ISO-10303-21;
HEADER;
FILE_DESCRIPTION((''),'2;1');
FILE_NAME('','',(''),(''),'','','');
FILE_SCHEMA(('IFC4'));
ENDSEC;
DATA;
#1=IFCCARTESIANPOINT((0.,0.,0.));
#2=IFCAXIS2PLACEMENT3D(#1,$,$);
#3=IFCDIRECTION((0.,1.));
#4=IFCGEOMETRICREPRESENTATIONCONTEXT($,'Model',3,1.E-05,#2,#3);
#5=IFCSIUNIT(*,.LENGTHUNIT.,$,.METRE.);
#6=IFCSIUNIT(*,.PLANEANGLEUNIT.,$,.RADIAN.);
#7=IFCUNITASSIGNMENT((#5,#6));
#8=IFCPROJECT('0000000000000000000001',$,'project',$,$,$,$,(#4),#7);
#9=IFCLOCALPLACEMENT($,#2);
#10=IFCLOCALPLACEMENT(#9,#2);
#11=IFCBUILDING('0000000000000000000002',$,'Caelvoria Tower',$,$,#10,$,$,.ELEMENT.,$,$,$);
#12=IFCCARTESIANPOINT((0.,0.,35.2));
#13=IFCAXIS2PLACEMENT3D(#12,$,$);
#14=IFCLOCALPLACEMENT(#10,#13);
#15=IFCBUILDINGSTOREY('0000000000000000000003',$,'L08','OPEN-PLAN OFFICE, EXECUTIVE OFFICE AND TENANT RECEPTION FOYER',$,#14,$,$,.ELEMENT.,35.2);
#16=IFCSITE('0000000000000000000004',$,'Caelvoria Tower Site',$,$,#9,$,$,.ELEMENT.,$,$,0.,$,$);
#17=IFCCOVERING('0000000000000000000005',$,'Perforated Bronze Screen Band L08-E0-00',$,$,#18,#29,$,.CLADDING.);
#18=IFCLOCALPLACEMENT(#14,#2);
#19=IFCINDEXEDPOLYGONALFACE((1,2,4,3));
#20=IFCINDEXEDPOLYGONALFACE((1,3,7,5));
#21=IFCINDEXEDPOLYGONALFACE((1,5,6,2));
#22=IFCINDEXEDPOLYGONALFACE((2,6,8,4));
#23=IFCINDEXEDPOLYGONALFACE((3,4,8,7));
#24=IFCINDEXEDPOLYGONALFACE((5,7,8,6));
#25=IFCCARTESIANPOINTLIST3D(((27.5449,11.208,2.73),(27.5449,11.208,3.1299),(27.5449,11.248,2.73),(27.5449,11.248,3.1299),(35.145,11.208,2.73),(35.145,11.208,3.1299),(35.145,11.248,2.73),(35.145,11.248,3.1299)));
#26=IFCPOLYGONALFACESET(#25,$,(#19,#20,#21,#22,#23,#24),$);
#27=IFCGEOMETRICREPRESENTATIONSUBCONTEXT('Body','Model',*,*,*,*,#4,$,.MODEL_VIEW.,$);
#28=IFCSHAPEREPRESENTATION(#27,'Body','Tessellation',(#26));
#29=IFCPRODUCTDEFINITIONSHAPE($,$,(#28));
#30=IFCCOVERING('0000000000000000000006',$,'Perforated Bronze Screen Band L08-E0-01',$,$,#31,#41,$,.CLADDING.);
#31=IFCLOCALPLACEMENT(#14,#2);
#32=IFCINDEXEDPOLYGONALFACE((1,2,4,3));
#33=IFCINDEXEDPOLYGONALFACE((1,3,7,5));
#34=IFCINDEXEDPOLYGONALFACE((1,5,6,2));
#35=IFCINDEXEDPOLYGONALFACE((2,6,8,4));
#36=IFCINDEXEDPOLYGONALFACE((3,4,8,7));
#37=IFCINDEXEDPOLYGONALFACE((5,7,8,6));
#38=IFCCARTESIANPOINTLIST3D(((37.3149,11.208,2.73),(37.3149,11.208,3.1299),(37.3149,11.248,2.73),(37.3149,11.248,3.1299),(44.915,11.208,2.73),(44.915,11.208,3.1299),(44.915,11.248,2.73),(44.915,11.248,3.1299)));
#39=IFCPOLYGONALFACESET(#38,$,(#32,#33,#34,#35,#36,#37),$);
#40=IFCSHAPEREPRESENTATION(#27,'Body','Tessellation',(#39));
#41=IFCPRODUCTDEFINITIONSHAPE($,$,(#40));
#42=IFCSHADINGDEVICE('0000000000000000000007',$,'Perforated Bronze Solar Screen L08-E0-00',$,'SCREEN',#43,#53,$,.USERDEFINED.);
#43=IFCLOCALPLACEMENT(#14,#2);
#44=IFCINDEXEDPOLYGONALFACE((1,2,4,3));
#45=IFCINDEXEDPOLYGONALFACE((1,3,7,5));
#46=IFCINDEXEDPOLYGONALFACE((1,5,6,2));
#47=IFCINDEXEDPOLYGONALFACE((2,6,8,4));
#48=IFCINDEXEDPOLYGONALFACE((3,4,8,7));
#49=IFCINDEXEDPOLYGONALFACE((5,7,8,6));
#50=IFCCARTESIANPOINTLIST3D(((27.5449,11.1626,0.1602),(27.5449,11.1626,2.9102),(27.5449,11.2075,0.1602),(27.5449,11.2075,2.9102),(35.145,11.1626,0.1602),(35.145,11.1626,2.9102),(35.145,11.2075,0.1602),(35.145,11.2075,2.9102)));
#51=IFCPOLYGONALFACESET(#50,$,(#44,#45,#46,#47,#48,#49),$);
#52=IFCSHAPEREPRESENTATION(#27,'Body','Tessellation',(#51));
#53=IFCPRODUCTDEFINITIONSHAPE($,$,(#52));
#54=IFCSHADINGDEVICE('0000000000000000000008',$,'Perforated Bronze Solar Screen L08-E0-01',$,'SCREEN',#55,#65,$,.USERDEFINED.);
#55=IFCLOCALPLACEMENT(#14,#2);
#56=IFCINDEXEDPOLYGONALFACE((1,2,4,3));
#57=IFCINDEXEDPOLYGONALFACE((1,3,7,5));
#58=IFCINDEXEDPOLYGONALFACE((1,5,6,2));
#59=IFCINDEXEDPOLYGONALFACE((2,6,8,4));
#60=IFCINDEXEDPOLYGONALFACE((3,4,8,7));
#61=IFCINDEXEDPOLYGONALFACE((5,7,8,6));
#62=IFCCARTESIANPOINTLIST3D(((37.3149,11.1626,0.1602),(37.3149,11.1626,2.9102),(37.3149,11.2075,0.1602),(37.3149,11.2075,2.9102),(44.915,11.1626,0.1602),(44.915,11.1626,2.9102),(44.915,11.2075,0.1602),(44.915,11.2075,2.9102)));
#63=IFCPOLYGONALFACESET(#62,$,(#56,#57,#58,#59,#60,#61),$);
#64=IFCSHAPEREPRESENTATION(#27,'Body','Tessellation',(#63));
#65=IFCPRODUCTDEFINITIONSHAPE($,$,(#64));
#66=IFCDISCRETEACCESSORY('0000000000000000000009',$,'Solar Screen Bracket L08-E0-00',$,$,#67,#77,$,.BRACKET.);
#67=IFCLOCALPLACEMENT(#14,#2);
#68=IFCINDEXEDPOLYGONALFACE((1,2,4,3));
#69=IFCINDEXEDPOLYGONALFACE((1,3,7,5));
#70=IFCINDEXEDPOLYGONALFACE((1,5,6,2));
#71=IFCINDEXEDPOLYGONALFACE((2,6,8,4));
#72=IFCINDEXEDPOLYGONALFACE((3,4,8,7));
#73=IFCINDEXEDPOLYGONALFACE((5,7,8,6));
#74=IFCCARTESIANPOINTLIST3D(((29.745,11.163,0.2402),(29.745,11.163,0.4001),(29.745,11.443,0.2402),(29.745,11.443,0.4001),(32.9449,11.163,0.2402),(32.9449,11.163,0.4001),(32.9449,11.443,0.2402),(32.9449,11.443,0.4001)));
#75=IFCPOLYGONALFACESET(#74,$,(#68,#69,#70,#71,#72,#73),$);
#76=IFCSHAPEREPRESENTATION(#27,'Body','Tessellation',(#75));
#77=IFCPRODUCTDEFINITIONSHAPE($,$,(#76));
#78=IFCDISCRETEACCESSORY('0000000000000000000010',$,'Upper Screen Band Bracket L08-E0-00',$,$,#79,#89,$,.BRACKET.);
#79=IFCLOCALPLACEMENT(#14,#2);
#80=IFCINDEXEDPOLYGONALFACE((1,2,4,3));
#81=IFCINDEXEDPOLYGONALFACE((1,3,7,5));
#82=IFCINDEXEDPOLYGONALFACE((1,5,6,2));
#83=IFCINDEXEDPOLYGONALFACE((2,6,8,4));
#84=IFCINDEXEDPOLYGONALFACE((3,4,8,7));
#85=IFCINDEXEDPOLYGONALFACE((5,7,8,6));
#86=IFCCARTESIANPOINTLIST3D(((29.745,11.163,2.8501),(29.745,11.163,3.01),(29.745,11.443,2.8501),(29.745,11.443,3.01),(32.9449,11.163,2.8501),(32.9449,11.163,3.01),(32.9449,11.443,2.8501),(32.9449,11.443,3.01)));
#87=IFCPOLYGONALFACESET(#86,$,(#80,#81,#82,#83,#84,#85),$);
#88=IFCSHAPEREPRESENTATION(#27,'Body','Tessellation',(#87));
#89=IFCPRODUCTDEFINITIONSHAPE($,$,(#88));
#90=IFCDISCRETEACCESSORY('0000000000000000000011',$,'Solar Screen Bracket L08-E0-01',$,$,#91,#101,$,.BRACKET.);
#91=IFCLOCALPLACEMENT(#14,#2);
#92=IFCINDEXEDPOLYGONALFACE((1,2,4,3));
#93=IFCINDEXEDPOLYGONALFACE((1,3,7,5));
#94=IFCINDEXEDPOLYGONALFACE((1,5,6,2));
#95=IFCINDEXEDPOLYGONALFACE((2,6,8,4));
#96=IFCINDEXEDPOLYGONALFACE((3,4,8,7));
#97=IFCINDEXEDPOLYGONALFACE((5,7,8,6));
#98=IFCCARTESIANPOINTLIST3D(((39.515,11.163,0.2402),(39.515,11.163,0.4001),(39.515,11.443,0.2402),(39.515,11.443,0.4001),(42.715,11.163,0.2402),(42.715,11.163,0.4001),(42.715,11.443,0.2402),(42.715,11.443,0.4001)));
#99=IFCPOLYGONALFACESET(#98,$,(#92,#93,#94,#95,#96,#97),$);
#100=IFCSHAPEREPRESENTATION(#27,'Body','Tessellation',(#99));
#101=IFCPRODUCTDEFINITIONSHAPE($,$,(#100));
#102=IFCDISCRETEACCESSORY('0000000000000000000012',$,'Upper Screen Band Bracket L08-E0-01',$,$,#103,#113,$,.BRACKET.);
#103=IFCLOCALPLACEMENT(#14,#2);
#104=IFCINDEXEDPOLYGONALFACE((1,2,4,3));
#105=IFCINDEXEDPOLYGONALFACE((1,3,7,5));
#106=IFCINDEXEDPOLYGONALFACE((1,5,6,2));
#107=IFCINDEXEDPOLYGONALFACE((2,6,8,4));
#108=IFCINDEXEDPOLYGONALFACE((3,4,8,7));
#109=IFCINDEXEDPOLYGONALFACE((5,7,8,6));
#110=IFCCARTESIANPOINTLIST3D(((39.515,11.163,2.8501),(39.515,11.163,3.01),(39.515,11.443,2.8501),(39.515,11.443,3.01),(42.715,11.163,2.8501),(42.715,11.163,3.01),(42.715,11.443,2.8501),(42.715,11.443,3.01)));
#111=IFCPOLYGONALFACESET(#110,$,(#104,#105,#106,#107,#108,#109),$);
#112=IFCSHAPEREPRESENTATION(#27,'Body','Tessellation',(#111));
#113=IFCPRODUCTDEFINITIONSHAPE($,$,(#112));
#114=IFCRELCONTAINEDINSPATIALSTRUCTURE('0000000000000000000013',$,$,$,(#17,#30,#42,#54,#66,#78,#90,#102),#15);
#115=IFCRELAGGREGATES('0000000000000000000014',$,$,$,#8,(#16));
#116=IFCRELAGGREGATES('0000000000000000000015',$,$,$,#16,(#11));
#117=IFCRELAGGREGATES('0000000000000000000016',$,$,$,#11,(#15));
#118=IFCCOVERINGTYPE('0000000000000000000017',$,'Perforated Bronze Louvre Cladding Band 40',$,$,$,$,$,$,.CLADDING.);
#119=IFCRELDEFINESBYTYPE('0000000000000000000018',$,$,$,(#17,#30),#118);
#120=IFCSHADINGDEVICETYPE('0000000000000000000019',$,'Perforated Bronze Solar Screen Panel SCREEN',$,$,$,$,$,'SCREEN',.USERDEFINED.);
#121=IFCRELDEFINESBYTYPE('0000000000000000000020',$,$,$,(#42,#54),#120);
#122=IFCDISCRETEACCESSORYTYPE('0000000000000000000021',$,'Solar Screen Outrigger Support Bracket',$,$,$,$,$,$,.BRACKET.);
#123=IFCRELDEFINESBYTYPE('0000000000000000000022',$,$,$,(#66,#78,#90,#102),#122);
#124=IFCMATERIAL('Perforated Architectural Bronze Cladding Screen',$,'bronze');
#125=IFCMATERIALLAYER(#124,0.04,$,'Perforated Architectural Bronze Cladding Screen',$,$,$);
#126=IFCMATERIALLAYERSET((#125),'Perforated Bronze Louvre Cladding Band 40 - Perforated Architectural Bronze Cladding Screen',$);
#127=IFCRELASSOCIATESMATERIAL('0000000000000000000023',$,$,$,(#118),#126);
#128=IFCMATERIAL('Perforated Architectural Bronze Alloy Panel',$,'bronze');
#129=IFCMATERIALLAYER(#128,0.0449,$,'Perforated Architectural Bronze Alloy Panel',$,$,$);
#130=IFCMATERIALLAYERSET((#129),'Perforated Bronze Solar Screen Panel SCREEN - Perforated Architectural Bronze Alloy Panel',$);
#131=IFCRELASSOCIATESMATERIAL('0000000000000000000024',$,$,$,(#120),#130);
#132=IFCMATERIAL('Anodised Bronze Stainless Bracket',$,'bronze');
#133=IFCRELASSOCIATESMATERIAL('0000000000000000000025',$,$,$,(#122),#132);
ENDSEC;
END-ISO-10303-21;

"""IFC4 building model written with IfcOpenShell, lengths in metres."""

from ifc_helpers import new_model, si_unit, direction, frame, origin, origin_2d, place, context, subcontext, project, spatial, rectangle, extrude, material, layer, layer_set, type_object, element, save


model = new_model("IFC4")

# Units and contexts
model_context = context("Model", 3, precision=1e-05, world=origin(), true_north=direction((0.0, 1.0)))
body_context = subcontext(model_context, "Body", "Model", "MODEL_VIEW")
ifc_project = project(units=[si_unit("LENGTHUNIT", "METRE"), si_unit("PLANEANGLEUNIT", "RADIAN")], contexts=[model_context])

# Site, building, storey
site_placement = place(None, origin())
site = spatial("IfcSite", under=ifc_project, at=site_placement, Name="Caelvoria Tower Site", CompositionType="ELEMENT", RefElevation=0.0)
building_placement = place(site_placement, origin())
building = spatial("IfcBuilding", under=site, at=building_placement, Name="Caelvoria Tower", CompositionType="ELEMENT")
storey_placement = place(building_placement, frame((0.0, 0.0, 35.2)))
storey = spatial("IfcBuildingStorey", under=building, at=storey_placement, Name="L08", Description="OPEN-PLAN OFFICE, EXECUTIVE OFFICE AND TENANT RECEPTION FOYER", CompositionType="ELEMENT", Elevation=35.2)

# Coverings
ifc_material_1 = material(Name="Perforated Architectural Bronze Cladding Screen", Category="bronze")
ifc_layer_1 = layer(ifc_material_1, 0.04, Name="Perforated Architectural Bronze Cladding Screen")
ifc_layer_set_1 = layer_set([ifc_layer_1], Name="Perforated Bronze Louvre Cladding Band 40 - Perforated Architectural Bronze Cladding Screen")
covering_type = type_object("IfcCoveringType", Name="Perforated Bronze Louvre Cladding Band 40", PredefinedType="CLADDING", material=ifc_layer_set_1)
for number, where, z_axis, x_axis, name in (
    (1, (31.345, 11.228, 2.73), (0.0, 0.0, 1.0), (1.0, 0.0, 0.0), "Perforated Bronze Screen Band L08-E0-00"),
    (2, (41.115, 11.228, 2.73), (0.0, 0.0, 1.0), (1.0, 0.0, 0.0), "Perforated Bronze Screen Band L08-E0-01"),
):
    element("IfcCovering", number, at=place(storey_placement, frame(where, z_axis=z_axis, x_axis=x_axis)), inside=storey, type_object=covering_type, Name=name, PredefinedType="CLADDING", context=body_context, shape_type="SweptSolid", body=[
        extrude(rectangle(XDim=7.6001, YDim=0.04, at=origin_2d()), origin(), (0.0, 0.0, 1.0), 0.3999),
    ])

# Shading devices
ifc_material_2 = material(Name="Perforated Architectural Bronze Alloy Panel", Category="bronze")
ifc_layer_2 = layer(ifc_material_2, 0.0449, Name="Perforated Architectural Bronze Alloy Panel")
ifc_layer_set_2 = layer_set([ifc_layer_2], Name="Perforated Bronze Solar Screen Panel SCREEN - Perforated Architectural Bronze Alloy Panel")
shading_device_type = type_object("IfcShadingDeviceType", Name="Perforated Bronze Solar Screen Panel SCREEN", ElementType="SCREEN", PredefinedType="USERDEFINED", material=ifc_layer_set_2)
for number, where, z_axis, x_axis, name in (
    (3, (31.345, 11.1851, 0.1602), (0.0, 0.0, 1.0), (1.0, 0.0, 0.0), "Perforated Bronze Solar Screen L08-E0-00"),
    (4, (41.115, 11.1851, 0.1602), (0.0, 0.0, 1.0), (1.0, 0.0, 0.0), "Perforated Bronze Solar Screen L08-E0-01"),
):
    element("IfcShadingDevice", number, at=place(storey_placement, frame(where, z_axis=z_axis, x_axis=x_axis)), inside=storey, type_object=shading_device_type, Name=name, ObjectType="SCREEN", PredefinedType="USERDEFINED", context=body_context, shape_type="SweptSolid", body=[
        extrude(rectangle(XDim=7.6001, YDim=0.0449, at=origin_2d()), origin(), (0.0, 0.0, 1.0), 2.75),
    ])

# Discrete accessories
ifc_material_3 = material(Name="Anodised Bronze Stainless Bracket", Category="bronze")
discrete_accessory_type = type_object("IfcDiscreteAccessoryType", Name="Solar Screen Outrigger Support Bracket", PredefinedType="BRACKET", material=ifc_material_3)
for number, where, z_axis, x_axis, name in (
    (5, (31.345, 11.303, 0.2402), (0.0, 0.0, 1.0), (1.0, 0.0, 0.0), "Solar Screen Bracket L08-E0-00"),
    (6, (31.345, 11.303, 2.8501), (0.0, 0.0, 1.0), (1.0, 0.0, 0.0), "Upper Screen Band Bracket L08-E0-00"),
    (7, (41.115, 11.303, 0.2402), (0.0, 0.0, 1.0), (1.0, 0.0, 0.0), "Solar Screen Bracket L08-E0-01"),
    (8, (41.115, 11.303, 2.8501), (0.0, 0.0, 1.0), (1.0, 0.0, 0.0), "Upper Screen Band Bracket L08-E0-01"),
):
    element("IfcDiscreteAccessory", number, at=place(storey_placement, frame(where, z_axis=z_axis, x_axis=x_axis)), inside=storey, type_object=discrete_accessory_type, Name=name, PredefinedType="BRACKET", context=body_context, shape_type="SweptSolid", body=[
        extrude(rectangle(XDim=3.2, YDim=0.28, at=origin_2d()), origin(), (0.0, 0.0, 1.0), 0.1599),
    ])

save(model, "model.ifc")
